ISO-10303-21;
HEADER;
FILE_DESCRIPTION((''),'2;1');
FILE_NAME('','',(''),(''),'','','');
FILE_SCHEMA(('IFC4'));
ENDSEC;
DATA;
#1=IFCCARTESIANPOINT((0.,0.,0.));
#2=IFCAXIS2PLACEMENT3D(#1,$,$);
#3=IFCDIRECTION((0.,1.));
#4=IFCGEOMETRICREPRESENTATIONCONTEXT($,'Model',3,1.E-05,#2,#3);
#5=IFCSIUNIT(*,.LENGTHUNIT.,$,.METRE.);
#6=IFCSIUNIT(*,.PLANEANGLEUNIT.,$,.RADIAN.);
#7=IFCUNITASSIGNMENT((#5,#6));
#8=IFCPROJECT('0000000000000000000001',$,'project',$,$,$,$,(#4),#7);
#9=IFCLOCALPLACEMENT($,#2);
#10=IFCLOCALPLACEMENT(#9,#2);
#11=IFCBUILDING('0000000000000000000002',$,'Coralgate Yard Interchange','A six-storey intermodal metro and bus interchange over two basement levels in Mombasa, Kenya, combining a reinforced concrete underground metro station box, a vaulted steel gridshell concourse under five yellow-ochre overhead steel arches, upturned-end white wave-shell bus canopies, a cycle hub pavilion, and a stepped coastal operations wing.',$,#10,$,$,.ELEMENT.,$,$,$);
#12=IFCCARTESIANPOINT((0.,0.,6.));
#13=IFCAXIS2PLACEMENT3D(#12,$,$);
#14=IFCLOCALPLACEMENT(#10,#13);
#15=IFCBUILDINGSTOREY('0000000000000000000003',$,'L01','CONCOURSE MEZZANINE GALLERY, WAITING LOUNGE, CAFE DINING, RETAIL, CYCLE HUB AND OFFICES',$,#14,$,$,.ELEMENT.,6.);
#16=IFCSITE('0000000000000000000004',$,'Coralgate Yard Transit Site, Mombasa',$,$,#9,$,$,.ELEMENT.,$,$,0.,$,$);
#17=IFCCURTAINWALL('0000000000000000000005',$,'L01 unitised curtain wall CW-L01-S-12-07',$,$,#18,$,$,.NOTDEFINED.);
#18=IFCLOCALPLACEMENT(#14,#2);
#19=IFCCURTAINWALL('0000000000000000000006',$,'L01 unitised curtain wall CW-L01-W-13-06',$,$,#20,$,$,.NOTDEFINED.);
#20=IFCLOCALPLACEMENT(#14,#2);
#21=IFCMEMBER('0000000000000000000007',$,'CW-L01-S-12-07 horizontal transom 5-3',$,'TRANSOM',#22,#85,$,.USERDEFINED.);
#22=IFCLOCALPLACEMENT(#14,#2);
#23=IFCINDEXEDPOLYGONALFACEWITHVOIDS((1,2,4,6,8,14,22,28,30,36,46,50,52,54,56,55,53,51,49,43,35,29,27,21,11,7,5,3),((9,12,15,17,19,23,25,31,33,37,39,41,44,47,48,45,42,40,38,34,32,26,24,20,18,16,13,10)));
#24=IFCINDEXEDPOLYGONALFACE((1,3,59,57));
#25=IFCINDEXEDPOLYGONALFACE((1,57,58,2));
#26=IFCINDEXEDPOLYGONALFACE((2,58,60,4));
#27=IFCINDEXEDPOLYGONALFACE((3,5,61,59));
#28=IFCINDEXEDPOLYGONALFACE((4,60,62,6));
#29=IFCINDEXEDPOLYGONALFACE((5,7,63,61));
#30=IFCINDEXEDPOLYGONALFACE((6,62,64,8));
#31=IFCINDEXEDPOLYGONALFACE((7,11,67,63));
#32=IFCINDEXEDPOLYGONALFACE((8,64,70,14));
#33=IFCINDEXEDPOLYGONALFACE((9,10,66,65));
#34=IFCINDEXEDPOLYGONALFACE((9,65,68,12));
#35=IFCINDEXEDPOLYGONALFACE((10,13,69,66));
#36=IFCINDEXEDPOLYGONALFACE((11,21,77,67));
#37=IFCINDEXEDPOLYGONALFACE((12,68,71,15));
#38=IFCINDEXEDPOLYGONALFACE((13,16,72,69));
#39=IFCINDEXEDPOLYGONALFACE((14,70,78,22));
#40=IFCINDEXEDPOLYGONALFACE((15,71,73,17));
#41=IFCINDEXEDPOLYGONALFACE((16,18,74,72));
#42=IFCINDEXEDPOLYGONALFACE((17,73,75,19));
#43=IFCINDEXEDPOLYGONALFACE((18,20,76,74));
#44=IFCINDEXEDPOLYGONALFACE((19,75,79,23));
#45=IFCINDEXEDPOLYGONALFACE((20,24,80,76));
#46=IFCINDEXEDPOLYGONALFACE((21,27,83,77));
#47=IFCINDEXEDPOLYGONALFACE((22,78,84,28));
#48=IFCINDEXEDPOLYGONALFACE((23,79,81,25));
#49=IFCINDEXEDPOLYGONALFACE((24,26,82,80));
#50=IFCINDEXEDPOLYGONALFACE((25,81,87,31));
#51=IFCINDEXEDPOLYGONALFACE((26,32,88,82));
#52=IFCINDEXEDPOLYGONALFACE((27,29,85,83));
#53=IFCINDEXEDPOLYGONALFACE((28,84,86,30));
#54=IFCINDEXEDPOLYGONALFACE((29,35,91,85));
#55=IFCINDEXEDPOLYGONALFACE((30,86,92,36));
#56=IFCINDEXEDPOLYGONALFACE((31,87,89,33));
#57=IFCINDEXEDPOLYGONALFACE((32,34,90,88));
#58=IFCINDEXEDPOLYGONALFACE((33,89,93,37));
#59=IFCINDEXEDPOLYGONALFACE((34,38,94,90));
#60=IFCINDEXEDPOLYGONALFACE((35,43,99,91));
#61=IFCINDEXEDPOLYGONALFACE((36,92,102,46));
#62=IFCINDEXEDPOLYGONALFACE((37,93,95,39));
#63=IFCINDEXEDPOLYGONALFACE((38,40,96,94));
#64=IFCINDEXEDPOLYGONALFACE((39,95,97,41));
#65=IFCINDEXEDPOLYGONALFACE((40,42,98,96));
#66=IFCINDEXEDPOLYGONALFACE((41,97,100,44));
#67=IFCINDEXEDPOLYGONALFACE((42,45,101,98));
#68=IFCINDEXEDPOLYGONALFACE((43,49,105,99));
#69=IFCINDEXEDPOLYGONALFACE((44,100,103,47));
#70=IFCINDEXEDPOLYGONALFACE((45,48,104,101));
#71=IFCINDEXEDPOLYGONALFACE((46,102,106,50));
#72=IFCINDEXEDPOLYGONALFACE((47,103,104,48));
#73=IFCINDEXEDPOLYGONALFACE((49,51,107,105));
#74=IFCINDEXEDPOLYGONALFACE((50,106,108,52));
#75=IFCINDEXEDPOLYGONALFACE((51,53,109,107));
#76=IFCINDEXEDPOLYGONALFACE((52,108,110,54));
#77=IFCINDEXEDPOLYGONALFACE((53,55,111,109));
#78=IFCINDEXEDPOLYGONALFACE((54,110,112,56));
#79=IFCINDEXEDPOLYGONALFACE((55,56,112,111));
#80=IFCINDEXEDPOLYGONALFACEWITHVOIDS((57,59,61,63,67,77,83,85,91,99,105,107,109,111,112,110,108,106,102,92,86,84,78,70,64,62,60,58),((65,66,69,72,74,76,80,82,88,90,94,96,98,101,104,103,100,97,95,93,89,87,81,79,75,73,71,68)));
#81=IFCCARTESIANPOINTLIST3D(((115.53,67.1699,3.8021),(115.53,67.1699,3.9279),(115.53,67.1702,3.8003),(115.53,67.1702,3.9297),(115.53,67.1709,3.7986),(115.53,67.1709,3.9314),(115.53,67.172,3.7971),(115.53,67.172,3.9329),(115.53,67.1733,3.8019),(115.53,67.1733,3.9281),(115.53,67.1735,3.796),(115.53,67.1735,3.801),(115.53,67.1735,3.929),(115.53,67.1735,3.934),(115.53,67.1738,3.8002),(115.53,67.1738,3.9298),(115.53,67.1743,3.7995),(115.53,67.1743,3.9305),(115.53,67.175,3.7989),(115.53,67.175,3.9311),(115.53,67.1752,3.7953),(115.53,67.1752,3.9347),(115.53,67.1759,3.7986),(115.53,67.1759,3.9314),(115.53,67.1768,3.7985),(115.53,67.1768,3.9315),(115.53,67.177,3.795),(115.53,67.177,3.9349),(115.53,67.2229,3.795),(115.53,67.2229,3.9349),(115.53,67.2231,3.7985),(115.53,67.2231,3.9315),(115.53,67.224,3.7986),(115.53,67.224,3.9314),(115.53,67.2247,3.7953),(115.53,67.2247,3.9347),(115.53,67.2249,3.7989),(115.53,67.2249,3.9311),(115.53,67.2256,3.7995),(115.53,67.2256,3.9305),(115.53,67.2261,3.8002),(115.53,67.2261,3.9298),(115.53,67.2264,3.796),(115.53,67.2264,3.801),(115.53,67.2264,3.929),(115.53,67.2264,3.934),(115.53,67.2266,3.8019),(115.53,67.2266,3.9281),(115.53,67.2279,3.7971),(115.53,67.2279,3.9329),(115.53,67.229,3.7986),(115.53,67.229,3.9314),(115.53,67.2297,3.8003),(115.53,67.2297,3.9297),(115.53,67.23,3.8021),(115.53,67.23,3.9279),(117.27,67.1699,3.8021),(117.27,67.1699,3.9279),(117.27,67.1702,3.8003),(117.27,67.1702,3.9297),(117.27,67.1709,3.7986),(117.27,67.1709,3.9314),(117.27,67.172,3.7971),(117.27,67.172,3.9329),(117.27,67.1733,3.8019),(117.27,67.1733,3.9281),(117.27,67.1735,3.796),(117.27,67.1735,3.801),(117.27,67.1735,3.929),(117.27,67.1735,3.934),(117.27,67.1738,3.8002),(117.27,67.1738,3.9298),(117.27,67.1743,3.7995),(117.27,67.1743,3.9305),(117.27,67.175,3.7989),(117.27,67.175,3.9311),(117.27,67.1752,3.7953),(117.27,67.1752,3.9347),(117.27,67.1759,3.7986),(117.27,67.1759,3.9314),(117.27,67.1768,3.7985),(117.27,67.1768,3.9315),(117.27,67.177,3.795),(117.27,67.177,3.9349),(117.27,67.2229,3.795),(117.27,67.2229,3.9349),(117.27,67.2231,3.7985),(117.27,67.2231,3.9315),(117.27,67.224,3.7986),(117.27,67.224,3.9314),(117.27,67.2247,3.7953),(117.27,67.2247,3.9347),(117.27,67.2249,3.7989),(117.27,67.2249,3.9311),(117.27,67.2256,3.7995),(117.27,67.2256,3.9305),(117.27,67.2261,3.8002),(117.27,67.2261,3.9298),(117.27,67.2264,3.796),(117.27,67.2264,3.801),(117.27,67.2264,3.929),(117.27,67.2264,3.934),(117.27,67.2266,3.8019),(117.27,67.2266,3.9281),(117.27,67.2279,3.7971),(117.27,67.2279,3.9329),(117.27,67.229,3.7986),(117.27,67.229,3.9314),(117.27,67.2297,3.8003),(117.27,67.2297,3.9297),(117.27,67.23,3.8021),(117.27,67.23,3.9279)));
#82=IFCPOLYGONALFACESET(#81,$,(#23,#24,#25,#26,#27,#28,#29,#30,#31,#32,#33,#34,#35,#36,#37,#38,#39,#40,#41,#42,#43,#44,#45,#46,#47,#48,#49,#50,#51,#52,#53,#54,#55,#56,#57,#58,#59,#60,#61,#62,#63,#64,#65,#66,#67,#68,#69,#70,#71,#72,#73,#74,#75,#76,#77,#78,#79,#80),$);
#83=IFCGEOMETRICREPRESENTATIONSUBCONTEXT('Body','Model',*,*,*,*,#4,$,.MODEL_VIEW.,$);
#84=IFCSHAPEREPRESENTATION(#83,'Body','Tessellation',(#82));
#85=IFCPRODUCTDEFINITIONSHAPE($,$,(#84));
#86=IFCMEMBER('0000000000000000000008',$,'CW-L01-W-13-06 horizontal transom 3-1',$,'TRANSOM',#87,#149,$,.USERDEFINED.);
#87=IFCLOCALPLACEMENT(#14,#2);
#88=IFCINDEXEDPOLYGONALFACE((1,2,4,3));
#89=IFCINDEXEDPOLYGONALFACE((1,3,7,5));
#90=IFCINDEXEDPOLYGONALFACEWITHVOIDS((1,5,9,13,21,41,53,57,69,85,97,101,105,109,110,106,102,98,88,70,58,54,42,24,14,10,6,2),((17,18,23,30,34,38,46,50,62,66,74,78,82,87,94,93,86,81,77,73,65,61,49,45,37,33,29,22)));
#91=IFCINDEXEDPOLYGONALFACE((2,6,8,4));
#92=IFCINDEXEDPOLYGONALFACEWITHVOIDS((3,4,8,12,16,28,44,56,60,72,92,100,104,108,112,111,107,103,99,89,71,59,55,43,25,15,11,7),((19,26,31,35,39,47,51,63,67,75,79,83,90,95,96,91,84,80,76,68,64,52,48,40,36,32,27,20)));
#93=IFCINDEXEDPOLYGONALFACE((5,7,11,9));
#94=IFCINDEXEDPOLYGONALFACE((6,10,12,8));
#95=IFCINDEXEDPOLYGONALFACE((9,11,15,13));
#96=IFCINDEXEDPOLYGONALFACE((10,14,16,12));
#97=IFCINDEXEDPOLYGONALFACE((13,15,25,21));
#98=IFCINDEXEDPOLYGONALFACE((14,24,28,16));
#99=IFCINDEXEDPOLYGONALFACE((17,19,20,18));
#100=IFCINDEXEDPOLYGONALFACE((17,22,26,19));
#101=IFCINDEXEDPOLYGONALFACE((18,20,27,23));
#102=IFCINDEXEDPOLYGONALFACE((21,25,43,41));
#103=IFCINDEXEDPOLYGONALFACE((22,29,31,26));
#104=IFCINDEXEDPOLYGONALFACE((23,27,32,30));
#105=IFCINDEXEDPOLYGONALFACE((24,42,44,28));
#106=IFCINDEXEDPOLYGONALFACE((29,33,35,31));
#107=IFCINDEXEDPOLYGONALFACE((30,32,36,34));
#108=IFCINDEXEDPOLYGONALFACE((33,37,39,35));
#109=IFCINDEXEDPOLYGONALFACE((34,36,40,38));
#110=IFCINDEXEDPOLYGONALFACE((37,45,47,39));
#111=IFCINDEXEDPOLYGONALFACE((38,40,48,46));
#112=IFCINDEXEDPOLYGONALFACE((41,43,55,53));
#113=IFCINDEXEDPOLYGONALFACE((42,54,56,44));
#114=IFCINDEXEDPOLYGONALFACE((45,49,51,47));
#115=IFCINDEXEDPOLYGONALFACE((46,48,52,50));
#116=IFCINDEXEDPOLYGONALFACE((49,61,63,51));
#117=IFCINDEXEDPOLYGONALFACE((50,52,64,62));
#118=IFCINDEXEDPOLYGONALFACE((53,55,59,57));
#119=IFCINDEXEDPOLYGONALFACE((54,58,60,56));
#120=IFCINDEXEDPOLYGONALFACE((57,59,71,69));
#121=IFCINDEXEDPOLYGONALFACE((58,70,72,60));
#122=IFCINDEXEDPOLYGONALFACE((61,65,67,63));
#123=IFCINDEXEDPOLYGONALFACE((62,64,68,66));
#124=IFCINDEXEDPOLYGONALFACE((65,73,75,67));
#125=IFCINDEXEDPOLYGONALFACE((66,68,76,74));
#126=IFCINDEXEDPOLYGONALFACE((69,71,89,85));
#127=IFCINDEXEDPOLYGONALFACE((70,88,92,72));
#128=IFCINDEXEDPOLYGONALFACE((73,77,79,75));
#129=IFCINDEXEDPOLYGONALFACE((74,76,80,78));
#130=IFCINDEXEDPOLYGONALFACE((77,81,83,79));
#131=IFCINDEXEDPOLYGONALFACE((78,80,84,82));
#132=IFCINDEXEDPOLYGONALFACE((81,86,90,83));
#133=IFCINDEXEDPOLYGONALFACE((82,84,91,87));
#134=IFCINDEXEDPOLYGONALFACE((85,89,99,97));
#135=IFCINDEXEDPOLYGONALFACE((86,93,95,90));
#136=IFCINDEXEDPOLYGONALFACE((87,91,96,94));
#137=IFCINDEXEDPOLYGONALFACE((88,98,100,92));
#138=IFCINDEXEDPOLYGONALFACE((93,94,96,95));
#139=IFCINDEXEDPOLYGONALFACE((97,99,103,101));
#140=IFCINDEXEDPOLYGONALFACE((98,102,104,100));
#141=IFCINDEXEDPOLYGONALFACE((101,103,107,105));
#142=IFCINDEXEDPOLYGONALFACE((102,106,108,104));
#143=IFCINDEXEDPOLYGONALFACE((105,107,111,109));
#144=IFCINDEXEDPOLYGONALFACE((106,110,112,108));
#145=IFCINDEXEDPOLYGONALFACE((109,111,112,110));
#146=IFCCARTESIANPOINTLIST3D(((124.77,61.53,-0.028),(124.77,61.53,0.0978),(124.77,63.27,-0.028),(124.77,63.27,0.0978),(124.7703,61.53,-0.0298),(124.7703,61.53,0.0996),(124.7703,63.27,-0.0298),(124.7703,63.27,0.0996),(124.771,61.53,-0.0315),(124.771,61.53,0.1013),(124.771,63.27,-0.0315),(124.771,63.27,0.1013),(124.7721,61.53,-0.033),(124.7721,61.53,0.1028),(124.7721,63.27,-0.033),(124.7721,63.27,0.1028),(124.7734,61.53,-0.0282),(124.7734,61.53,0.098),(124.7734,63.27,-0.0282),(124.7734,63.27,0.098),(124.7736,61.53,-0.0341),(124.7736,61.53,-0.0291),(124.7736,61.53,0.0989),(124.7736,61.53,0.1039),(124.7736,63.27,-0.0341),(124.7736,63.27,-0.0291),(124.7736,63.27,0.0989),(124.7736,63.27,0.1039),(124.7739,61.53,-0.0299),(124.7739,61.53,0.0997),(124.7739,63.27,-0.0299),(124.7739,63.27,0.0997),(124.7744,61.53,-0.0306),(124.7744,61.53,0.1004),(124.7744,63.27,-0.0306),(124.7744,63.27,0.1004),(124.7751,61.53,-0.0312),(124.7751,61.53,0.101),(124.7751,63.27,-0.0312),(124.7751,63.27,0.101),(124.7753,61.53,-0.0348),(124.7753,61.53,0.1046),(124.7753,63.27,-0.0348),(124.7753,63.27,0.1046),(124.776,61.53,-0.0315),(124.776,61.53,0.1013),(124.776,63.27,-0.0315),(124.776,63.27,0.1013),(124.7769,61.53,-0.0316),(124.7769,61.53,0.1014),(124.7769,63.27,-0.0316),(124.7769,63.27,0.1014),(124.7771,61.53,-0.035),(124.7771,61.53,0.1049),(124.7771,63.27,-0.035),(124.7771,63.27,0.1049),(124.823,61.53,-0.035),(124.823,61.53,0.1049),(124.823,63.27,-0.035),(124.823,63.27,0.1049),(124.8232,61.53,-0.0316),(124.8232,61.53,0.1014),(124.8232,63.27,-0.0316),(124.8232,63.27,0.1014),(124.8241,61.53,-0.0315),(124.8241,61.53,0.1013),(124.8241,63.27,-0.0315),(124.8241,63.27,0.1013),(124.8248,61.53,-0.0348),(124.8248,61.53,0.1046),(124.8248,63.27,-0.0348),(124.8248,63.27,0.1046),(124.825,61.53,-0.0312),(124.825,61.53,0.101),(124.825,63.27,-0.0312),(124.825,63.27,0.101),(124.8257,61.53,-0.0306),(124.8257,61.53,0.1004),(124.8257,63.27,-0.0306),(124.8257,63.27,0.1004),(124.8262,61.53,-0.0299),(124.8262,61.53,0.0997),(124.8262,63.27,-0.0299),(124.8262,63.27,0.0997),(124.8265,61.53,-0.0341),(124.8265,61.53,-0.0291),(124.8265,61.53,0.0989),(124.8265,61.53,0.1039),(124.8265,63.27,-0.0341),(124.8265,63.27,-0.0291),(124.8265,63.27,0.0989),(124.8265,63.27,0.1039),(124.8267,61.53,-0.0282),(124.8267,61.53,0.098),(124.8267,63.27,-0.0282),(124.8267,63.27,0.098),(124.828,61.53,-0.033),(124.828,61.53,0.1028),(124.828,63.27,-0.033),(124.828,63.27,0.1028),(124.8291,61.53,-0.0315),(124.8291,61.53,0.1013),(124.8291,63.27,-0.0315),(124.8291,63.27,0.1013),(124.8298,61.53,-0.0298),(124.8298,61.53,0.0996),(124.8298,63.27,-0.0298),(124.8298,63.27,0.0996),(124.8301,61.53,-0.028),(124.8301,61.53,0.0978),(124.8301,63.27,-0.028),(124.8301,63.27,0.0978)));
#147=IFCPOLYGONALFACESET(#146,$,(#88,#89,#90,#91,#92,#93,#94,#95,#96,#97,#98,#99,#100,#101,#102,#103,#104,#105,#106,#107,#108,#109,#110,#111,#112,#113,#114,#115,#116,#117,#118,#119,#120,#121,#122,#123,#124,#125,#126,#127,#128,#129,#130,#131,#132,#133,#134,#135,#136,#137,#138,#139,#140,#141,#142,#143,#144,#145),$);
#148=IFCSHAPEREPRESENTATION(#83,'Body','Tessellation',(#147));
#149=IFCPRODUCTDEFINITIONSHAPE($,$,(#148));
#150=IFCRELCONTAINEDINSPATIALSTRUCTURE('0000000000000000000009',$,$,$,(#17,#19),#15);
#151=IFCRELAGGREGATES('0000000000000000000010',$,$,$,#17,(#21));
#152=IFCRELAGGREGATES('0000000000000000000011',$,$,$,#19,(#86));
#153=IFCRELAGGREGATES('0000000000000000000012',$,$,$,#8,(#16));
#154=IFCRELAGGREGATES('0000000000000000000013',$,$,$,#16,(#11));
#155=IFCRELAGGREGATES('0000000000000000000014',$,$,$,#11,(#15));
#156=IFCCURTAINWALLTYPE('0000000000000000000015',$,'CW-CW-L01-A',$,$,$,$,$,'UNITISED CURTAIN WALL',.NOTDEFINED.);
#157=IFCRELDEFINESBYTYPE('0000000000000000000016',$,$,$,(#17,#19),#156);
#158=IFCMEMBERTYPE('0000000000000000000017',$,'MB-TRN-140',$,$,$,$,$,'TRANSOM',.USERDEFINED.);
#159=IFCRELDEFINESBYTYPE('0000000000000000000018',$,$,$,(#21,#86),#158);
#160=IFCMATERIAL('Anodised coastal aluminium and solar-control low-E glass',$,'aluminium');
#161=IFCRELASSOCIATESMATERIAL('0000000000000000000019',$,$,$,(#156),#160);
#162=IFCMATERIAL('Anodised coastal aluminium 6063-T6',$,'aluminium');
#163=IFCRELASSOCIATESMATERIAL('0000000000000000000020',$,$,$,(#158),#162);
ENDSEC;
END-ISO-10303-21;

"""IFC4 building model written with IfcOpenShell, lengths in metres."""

from ifc_helpers import new_model, si_unit, direction, frame, origin, origin_2d, place, context, subcontext, project, spatial, hollow_rectangle, extrude, material, material_profile, profile_set, type_object, element, aggregate, save


model = new_model("IFC4")

# Units and contexts
model_context = context("Model", 3, precision=1e-05, world=origin(), true_north=direction((0.0, 1.0)))
body_context = subcontext(model_context, "Body", "Model", "MODEL_VIEW")
ifc_project = project(units=[si_unit("LENGTHUNIT", "METRE"), si_unit("PLANEANGLEUNIT", "RADIAN")], contexts=[model_context])

# Site, building, storey
site_placement = place(None, origin())
site = spatial("IfcSite", under=ifc_project, at=site_placement, Name="Coralgate Yard Transit Site, Mombasa", CompositionType="ELEMENT", RefElevation=0.0)
building_placement = place(site_placement, origin())
building = spatial("IfcBuilding", under=site, at=building_placement, Name="Coralgate Yard Interchange", Description="A six-storey intermodal metro and bus interchange over two basement levels in Mombasa, Kenya, combining a reinforced concrete underground metro station box, a vaulted steel gridshell concourse under five yellow-ochre overhead steel arches, upturned-end white wave-shell bus canopies, a cycle hub pavilion, and a stepped coastal operations wing.", CompositionType="ELEMENT")
storey_placement = place(building_placement, frame((0.0, 0.0, 6.0)))
storey = spatial("IfcBuildingStorey", under=building, at=storey_placement, Name="L01", Description="CONCOURSE MEZZANINE GALLERY, WAITING LOUNGE, CAFE DINING, RETAIL, CYCLE HUB AND OFFICES", CompositionType="ELEMENT", Elevation=6.0)

# Curtain walls
ifc_material_1 = material(Name="Anodised coastal aluminium and solar-control low-E glass", Category="aluminium")
curtain_wall_type = type_object("IfcCurtainWallType", Name="CW-CW-L01-A", ElementType="UNITISED CURTAIN WALL", PredefinedType="NOTDEFINED", material=ifc_material_1)
curtain_wall_1_placement = place(storey_placement, origin())
curtain_wall_1 = element("IfcCurtainWall", 1, at=curtain_wall_1_placement, inside=storey, type_object=curtain_wall_type, Name="L01 unitised curtain wall CW-L01-S-12-07", PredefinedType="NOTDEFINED")
ifc_material_2 = material(Name="Anodised coastal aluminium 6063-T6", Category="aluminium")
curtain_wall_2_placement = place(storey_placement, origin())
curtain_wall_2 = element("IfcCurtainWall", 2, at=curtain_wall_2_placement, inside=storey, type_object=curtain_wall_type, Name="L01 unitised curtain wall CW-L01-W-13-06", PredefinedType="NOTDEFINED")

# Members
ifc_material_profile_1 = material_profile(ifc_material_2, hollow_rectangle(XDim=0.0601, YDim=0.1399, WallThickness=0.0034, InnerFilletRadius=0.0034, OuterFilletRadius=0.0071, at=origin_2d()), Name="ALU 60x140x3.5")
ifc_profile_set_1 = profile_set([ifc_material_profile_1], Name="Anodised coastal aluminium 6063-T6")
member_type_1 = type_object("IfcMemberType", Name="MB-TRN-140", ElementType="TRANSOM", PredefinedType="USERDEFINED", material=ifc_profile_set_1)
member_1_placement = place(storey_placement, frame((117.27, 67.2, 3.865), z_axis=(-1.0, 0.0, 0.0), x_axis=(0.0, -1.0, 0.0)))
member_1 = element("IfcMember", 3, at=member_1_placement, type_object=member_type_1, Name="CW-L01-S-12-07 horizontal transom 5-3", ObjectType="TRANSOM", PredefinedType="USERDEFINED", context=body_context, shape_type="SweptSolid", body=[
    extrude(hollow_rectangle(XDim=0.0601, YDim=0.1399, WallThickness=0.0034, InnerFilletRadius=0.0034, OuterFilletRadius=0.0071, at=origin_2d()), origin(), (0.0, 0.0, 1.0), 1.74),
])
member_2_placement = place(storey_placement, frame((124.8, 61.53, 0.0349), z_axis=(0.0, 1.0, 0.0), x_axis=(-1.0, 0.0, 0.0)))
member_2 = element("IfcMember", 4, at=member_2_placement, type_object=member_type_1, Name="CW-L01-W-13-06 horizontal transom 3-1", ObjectType="TRANSOM", PredefinedType="USERDEFINED", context=body_context, shape_type="SweptSolid", body=[
    extrude(hollow_rectangle(XDim=0.0601, YDim=0.1399, WallThickness=0.0034, InnerFilletRadius=0.0034, OuterFilletRadius=0.0071, at=origin_2d()), origin(), (0.0, 0.0, 1.0), 1.74),
])

aggregate(curtain_wall_1, [member_1])
aggregate(curtain_wall_2, [member_2])

save(model, "model.ifc")
